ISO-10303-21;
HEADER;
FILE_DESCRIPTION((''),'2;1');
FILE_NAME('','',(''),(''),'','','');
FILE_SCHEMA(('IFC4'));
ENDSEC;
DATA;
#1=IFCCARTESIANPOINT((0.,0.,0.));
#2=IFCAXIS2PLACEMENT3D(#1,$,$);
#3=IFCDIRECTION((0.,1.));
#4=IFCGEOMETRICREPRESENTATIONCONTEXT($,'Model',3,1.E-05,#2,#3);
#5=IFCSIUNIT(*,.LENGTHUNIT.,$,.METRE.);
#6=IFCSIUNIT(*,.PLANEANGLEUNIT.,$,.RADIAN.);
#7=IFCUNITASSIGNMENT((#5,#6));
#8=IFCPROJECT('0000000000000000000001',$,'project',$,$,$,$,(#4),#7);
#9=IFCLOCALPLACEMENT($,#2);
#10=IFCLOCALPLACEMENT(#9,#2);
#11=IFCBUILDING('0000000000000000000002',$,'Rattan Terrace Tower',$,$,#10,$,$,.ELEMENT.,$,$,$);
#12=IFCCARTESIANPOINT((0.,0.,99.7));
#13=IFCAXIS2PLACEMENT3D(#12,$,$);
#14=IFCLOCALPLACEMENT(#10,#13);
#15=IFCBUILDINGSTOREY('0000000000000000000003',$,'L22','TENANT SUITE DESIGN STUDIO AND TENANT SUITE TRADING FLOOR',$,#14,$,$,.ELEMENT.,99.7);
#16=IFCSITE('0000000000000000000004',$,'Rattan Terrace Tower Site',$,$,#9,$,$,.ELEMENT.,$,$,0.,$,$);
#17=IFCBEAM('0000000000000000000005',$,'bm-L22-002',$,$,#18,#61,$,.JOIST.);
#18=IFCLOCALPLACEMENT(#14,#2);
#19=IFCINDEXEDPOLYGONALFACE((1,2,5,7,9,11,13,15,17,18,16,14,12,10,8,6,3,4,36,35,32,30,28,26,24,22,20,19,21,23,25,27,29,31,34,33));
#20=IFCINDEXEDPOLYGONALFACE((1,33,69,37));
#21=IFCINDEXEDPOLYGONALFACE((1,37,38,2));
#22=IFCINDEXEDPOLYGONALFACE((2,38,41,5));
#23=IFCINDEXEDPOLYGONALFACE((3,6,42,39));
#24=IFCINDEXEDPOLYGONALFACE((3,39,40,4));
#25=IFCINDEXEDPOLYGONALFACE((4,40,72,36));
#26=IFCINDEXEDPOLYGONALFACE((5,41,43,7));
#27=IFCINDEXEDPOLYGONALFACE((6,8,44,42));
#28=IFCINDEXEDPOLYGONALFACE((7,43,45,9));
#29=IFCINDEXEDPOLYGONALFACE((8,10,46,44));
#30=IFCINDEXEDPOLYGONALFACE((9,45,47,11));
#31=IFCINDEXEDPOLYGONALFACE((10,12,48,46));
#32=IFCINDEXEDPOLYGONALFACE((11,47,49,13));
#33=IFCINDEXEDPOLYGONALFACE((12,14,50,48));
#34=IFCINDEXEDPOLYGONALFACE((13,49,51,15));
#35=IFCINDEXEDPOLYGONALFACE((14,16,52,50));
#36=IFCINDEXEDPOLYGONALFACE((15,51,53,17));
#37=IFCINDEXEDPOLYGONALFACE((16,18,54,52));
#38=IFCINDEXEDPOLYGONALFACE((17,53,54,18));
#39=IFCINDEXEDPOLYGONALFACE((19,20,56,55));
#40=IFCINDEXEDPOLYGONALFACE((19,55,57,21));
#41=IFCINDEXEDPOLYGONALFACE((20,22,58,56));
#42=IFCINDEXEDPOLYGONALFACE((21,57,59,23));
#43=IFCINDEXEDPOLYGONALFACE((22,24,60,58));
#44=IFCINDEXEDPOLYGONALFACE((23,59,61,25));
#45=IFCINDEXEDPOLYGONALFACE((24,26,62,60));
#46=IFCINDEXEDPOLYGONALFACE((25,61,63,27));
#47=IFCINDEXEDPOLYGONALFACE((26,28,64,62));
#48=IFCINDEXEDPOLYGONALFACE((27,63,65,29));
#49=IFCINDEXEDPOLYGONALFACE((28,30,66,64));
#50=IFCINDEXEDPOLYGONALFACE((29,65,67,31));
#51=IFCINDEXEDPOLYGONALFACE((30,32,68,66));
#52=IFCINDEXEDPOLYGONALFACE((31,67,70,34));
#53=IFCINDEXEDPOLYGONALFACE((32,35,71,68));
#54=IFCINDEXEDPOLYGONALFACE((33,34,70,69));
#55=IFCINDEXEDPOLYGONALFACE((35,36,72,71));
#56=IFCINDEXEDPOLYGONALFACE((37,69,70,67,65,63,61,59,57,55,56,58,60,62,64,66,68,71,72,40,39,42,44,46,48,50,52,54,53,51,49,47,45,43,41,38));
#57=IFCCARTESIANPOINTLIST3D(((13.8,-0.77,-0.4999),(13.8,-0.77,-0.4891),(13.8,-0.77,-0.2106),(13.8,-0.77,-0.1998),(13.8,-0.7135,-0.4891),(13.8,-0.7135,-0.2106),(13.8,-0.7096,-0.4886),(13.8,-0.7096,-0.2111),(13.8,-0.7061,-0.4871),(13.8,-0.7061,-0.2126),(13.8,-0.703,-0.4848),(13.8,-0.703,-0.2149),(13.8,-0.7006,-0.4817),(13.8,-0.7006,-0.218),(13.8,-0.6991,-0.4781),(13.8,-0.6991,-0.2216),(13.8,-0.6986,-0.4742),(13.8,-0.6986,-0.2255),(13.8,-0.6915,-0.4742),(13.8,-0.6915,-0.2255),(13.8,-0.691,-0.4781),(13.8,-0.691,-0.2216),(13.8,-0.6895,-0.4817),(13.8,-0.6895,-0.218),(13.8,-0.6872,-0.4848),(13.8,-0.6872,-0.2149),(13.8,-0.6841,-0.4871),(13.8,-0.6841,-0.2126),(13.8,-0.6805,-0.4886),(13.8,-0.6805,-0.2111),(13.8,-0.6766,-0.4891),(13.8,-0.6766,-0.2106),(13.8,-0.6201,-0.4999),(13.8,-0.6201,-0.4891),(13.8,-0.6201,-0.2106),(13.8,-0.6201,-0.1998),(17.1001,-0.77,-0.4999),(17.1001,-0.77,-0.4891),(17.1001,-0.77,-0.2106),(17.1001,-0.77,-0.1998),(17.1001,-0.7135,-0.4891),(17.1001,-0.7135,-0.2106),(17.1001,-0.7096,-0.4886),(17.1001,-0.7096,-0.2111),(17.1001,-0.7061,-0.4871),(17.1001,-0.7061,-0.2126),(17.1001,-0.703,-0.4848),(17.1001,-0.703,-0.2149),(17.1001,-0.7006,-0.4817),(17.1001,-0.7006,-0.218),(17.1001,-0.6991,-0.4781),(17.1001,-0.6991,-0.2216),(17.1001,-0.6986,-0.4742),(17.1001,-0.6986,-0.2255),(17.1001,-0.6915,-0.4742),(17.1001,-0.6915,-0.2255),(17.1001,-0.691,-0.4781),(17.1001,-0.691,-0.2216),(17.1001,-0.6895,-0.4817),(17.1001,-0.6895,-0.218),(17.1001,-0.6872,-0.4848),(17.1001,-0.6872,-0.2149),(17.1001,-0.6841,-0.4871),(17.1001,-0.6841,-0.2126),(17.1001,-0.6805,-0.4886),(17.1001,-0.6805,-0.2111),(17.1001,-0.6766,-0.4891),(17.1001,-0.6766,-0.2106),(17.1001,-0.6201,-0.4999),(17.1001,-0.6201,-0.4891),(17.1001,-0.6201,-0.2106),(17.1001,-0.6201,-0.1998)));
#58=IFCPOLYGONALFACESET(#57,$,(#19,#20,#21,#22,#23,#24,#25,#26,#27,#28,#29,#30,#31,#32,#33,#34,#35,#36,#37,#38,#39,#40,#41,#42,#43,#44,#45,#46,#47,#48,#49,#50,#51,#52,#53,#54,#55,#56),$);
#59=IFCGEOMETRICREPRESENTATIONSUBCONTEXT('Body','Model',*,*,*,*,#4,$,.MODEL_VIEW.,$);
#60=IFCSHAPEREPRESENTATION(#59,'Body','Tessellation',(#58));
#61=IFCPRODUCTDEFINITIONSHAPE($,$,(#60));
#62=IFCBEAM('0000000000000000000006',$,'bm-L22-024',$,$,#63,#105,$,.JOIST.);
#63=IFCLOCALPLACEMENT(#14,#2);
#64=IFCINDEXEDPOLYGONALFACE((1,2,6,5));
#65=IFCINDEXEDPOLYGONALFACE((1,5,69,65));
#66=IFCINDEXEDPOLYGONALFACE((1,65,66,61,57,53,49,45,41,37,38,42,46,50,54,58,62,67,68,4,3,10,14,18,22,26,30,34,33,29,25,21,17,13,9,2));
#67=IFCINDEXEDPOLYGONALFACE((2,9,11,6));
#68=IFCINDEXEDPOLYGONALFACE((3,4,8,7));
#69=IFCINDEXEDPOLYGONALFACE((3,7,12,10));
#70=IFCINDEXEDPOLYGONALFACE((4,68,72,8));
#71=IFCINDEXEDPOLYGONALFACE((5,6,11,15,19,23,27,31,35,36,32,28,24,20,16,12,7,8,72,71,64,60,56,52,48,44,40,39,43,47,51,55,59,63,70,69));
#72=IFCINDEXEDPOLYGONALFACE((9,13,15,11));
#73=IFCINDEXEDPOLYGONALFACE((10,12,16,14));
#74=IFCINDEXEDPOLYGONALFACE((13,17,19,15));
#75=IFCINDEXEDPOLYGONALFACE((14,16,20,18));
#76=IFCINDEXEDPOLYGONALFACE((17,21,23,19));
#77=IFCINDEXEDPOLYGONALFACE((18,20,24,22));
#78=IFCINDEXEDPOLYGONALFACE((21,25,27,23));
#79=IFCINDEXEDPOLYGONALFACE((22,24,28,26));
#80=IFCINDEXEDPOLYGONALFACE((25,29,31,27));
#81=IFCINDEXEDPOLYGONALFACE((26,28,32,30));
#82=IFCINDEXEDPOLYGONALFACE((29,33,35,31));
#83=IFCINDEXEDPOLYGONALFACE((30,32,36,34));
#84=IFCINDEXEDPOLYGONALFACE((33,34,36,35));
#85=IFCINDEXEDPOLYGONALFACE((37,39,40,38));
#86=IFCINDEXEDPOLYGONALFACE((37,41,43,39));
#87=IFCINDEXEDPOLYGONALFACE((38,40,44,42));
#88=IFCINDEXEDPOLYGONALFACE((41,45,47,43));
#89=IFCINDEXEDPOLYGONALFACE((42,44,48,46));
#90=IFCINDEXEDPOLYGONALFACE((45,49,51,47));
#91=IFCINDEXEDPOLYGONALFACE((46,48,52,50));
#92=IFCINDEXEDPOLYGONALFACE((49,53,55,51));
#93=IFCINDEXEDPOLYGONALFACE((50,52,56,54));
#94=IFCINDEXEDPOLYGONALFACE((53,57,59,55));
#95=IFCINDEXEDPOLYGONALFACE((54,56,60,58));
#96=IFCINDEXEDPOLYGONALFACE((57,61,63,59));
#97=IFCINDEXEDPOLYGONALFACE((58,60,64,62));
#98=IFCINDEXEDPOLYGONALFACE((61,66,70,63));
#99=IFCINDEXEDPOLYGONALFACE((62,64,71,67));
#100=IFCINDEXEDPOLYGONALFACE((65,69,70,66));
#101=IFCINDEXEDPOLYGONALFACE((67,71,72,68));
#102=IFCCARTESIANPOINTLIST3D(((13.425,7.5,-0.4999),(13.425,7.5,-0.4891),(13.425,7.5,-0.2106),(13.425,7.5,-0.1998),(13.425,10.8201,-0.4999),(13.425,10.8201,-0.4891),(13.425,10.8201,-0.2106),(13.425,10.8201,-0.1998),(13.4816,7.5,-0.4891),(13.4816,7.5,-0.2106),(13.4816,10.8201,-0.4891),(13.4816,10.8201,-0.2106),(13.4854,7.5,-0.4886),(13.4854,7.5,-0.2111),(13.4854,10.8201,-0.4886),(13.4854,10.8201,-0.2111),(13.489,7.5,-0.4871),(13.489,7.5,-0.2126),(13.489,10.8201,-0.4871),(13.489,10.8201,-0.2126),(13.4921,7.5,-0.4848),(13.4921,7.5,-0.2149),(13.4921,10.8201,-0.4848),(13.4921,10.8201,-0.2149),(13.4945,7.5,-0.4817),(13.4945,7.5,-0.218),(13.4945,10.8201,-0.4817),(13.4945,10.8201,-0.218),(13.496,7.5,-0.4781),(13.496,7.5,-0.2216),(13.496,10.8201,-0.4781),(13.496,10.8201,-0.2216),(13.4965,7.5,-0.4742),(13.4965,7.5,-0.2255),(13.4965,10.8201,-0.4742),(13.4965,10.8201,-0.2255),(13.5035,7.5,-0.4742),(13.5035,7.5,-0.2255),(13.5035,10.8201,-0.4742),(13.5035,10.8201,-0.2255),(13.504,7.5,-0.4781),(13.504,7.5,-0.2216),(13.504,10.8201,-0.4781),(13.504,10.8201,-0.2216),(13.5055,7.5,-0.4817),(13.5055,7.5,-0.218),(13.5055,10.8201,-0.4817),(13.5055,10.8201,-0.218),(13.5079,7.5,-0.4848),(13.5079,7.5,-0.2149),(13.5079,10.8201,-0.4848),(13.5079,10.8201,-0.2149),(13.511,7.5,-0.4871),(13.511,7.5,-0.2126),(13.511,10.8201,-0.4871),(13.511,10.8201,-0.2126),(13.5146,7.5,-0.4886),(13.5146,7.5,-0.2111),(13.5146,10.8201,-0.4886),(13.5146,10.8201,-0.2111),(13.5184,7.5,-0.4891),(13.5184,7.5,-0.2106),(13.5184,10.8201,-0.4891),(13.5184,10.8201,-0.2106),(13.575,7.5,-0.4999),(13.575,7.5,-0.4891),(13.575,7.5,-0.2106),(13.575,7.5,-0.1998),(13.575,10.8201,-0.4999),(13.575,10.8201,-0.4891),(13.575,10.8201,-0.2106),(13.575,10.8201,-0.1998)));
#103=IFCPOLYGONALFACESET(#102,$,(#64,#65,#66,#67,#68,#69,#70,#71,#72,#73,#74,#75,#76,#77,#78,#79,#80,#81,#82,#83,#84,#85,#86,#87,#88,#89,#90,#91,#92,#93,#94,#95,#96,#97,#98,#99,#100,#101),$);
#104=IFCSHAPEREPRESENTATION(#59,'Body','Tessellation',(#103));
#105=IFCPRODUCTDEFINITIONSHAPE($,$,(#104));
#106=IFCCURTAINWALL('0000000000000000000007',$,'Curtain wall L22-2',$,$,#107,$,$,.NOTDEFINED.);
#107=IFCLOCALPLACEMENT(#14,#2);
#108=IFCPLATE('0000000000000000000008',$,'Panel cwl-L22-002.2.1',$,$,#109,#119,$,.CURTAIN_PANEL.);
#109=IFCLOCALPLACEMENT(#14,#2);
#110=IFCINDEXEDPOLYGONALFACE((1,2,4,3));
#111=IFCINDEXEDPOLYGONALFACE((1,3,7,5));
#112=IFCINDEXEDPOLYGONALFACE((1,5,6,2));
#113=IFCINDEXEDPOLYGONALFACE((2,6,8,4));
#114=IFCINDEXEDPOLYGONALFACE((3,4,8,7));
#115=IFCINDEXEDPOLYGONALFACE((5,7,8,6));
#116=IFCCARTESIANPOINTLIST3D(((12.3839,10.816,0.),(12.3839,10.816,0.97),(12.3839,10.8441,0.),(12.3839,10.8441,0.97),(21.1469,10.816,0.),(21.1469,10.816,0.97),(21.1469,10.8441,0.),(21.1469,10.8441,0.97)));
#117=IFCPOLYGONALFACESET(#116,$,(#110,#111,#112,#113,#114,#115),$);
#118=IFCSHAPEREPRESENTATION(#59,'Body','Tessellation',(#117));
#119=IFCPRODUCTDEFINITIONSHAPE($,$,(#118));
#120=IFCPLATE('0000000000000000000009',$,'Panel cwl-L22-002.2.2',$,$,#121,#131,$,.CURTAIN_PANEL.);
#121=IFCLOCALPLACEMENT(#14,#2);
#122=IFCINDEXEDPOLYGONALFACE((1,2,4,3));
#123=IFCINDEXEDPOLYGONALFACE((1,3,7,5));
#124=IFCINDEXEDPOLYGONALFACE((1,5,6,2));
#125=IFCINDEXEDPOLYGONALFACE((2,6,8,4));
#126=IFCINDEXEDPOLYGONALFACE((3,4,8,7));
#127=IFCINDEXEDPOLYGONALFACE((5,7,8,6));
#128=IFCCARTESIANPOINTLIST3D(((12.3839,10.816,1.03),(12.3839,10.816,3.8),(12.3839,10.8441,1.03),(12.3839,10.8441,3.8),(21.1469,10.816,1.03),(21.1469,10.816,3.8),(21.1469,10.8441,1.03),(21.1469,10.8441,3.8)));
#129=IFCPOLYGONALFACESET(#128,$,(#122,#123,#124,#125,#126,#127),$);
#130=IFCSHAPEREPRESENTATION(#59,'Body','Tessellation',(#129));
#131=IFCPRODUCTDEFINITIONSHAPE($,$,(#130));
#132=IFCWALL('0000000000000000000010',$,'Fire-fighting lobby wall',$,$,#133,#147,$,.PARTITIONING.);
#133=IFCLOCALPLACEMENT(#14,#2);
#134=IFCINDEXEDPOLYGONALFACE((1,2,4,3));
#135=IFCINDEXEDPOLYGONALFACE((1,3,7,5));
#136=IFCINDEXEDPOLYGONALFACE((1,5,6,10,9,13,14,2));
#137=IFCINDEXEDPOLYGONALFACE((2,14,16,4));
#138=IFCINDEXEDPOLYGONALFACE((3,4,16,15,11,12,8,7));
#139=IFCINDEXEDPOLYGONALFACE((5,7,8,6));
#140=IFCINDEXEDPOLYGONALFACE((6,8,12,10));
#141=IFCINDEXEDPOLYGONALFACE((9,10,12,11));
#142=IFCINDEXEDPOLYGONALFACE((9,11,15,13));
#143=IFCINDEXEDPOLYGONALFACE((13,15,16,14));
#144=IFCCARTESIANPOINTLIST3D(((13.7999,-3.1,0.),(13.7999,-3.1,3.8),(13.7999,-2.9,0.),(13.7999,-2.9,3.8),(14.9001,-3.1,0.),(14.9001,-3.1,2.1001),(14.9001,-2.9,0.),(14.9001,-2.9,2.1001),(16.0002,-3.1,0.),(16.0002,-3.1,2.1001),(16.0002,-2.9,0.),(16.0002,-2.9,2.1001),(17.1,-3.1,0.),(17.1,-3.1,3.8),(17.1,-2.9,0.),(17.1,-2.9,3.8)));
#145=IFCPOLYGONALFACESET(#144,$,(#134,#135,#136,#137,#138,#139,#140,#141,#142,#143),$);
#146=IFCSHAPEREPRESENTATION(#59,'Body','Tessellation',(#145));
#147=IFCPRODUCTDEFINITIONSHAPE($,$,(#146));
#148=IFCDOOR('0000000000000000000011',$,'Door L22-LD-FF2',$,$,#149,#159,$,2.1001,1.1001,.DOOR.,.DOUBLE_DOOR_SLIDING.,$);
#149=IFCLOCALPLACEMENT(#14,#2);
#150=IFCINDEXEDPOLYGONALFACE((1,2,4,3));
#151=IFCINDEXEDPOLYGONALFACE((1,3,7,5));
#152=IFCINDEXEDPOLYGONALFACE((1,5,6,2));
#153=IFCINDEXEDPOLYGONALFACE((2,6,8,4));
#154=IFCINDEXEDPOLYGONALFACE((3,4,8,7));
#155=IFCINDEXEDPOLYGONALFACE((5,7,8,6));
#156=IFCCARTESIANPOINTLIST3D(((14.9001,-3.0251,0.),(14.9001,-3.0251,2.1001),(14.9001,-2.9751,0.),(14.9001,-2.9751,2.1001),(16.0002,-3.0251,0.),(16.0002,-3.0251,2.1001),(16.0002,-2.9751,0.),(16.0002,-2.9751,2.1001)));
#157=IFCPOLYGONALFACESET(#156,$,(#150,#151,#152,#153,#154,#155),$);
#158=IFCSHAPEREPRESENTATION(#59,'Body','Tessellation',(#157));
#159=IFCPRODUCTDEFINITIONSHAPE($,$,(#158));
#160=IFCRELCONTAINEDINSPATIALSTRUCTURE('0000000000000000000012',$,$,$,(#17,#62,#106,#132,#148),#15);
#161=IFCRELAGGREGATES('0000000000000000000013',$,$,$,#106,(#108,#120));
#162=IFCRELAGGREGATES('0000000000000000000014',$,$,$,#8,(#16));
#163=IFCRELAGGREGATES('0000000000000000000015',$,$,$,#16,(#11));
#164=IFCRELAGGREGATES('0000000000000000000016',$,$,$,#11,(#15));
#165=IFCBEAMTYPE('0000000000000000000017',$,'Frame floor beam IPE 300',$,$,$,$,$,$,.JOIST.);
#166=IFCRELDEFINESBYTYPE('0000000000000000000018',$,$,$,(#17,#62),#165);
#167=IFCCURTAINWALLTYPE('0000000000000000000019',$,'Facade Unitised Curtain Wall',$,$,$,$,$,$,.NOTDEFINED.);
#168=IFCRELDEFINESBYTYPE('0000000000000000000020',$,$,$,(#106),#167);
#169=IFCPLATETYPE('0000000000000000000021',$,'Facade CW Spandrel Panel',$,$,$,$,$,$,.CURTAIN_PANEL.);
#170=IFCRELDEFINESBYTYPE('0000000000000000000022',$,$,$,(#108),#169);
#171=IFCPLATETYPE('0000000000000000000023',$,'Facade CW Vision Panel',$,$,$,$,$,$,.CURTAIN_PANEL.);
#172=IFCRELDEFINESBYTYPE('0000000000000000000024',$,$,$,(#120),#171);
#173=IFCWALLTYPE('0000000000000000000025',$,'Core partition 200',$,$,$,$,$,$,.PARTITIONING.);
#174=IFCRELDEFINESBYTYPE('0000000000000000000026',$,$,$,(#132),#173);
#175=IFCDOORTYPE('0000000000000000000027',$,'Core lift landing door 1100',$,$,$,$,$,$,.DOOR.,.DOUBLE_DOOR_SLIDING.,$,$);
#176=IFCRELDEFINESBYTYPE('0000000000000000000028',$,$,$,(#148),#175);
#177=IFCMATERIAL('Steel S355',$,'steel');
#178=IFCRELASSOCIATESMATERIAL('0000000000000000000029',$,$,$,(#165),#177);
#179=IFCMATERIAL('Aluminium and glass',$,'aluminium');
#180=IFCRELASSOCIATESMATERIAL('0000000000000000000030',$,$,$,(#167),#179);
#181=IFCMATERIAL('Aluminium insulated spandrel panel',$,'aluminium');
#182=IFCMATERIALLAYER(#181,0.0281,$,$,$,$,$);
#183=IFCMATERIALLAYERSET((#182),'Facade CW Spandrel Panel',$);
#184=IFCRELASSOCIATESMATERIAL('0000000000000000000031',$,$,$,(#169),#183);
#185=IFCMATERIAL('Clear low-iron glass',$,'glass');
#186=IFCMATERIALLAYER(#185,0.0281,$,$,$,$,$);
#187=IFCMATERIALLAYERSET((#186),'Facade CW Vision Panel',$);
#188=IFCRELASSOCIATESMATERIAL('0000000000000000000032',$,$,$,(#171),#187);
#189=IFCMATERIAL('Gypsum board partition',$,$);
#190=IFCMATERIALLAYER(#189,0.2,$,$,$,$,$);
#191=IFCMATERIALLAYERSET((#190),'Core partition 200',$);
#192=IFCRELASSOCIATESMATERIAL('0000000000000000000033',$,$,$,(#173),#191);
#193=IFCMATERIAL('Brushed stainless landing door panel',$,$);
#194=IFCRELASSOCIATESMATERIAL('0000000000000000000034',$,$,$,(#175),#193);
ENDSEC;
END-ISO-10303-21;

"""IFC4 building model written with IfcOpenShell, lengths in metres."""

from ifc_helpers import new_model, si_unit, direction, frame, frame_2d, origin, origin_2d, place, context, subcontext, project, spatial, rectangle, i_section, extrude, material, layer, layer_set, material_profile, profile_set, type_object, element, fill, aggregate, save


model = new_model("IFC4")

# Units and contexts
model_context = context("Model", 3, precision=1e-05, world=origin(), true_north=direction((0.0, 1.0)))
body_context = subcontext(model_context, "Body", "Model", "MODEL_VIEW")
ifc_project = project(units=[si_unit("LENGTHUNIT", "METRE"), si_unit("PLANEANGLEUNIT", "RADIAN")], contexts=[model_context])

# Site, building, storey
site_placement = place(None, origin())
site = spatial("IfcSite", under=ifc_project, at=site_placement, Name="Rattan Terrace Tower Site", CompositionType="ELEMENT", RefElevation=0.0)
building_placement = place(site_placement, origin())
building = spatial("IfcBuilding", under=site, at=building_placement, Name="Rattan Terrace Tower", CompositionType="ELEMENT")
storey_placement = place(building_placement, frame((0.0, 0.0, 99.7)))
storey = spatial("IfcBuildingStorey", under=building, at=storey_placement, Name="L22", Description="TENANT SUITE DESIGN STUDIO AND TENANT SUITE TRADING FLOOR", CompositionType="ELEMENT", Elevation=99.7)

# Beams
ifc_material_1 = material(Name="Steel S355", Category="steel")
ifc_material_profile_1 = material_profile(ifc_material_1, i_section(OverallWidth=0.1499, OverallDepth=0.3, WebThickness=0.0071, FlangeThickness=0.0107, FilletRadius=0.0149, at=origin_2d()), Name="IPE 300")
ifc_profile_set_1 = profile_set([ifc_material_profile_1], Name="Steel S355")
beam_type_1 = type_object("IfcBeamType", Name="Frame floor beam IPE 300", PredefinedType="JOIST", material=ifc_profile_set_1)
beam_1_placement = place(storey_placement, frame((13.8, -0.6951, -0.3499), z_axis=(1.0, 0.0, 0.0), x_axis=(0.0, 1.0, 0.0)))
element("IfcBeam", 1, at=beam_1_placement, inside=storey, type_object=beam_type_1, Name="bm-L22-002", PredefinedType="JOIST", context=body_context, shape_type="SweptSolid", body=[
    extrude(i_section(OverallWidth=0.1499, OverallDepth=0.3, WebThickness=0.0071, FlangeThickness=0.0107, FilletRadius=0.0149, at=origin_2d()), origin(), (0.0, 0.0, 1.0), 3.3),
])
beam_2_placement = place(storey_placement, frame((13.5, 7.5, -0.3499), z_axis=(0.0, 1.0, 0.0), x_axis=(-1.0, 0.0, 0.0)))
element("IfcBeam", 2, at=beam_2_placement, inside=storey, type_object=beam_type_1, Name="bm-L22-024", PredefinedType="JOIST", context=body_context, shape_type="SweptSolid", body=[
    extrude(i_section(OverallWidth=0.1499, OverallDepth=0.3, WebThickness=0.0071, FlangeThickness=0.0107, FilletRadius=0.0149, at=origin_2d()), origin(), (0.0, 0.0, 1.0), 3.3201),
])

# Curtain wall, plates
ifc_material_2 = material(Name="Aluminium and glass", Category="aluminium")
curtain_wall_type = type_object("IfcCurtainWallType", Name="Facade Unitised Curtain Wall", PredefinedType="NOTDEFINED", material=ifc_material_2)
curtain_wall_placement = place(storey_placement, origin())
curtain_wall = element("IfcCurtainWall", 3, at=curtain_wall_placement, inside=storey, type_object=curtain_wall_type, Name="Curtain wall L22-2", PredefinedType="NOTDEFINED")
ifc_material_3 = material(Name="Aluminium insulated spandrel panel", Category="aluminium")
ifc_layer_1 = layer(ifc_material_3, 0.0281)
ifc_layer_set_1 = layer_set([ifc_layer_1], Name="Facade CW Spandrel Panel")
plate_type_1 = type_object("IfcPlateType", Name="Facade CW Spandrel Panel", PredefinedType="CURTAIN_PANEL", material=ifc_layer_set_1)
plate_1_placement = place(storey_placement, frame((16.7654, 10.8301, 0.0), z_axis=(0.0, 0.0, 1.0), x_axis=(-1.0, 0.0, 0.0)))
plate_1 = element("IfcPlate", 4, at=plate_1_placement, type_object=plate_type_1, Name="Panel cwl-L22-002.2.1", PredefinedType="CURTAIN_PANEL", context=body_context, shape_type="SweptSolid", body=[
    extrude(rectangle(XDim=8.7629, YDim=0.0281, at=origin_2d()), origin(), (0.0, 0.0, 1.0), 0.97),
])
ifc_material_4 = material(Name="Clear low-iron glass", Category="glass")
ifc_layer_2 = layer(ifc_material_4, 0.0281)
ifc_layer_set_2 = layer_set([ifc_layer_2], Name="Facade CW Vision Panel")
plate_type_2 = type_object("IfcPlateType", Name="Facade CW Vision Panel", PredefinedType="CURTAIN_PANEL", material=ifc_layer_set_2)
plate_2_placement = place(storey_placement, frame((16.7654, 10.8301, 1.03), z_axis=(0.0, 0.0, 1.0), x_axis=(-1.0, 0.0, 0.0)))
plate_2 = element("IfcPlate", 5, at=plate_2_placement, type_object=plate_type_2, Name="Panel cwl-L22-002.2.2", PredefinedType="CURTAIN_PANEL", context=body_context, shape_type="SweptSolid", body=[
    extrude(rectangle(XDim=8.7629, YDim=0.0281, at=origin_2d()), origin(), (0.0, 0.0, 1.0), 2.77),
])
aggregate(curtain_wall, [plate_1, plate_2])

# Wall, opening, door
ifc_material_5 = material(Name="Gypsum board partition")
ifc_layer_3 = layer(ifc_material_5, 0.2)
ifc_layer_set_3 = layer_set([ifc_layer_3], Name="Core partition 200")
wall_type_1 = type_object("IfcWallType", Name="Core partition 200", PredefinedType="PARTITIONING", material=ifc_layer_set_3)
wall_1_placement = place(storey_placement, frame((13.8, -3.0, 0.0), z_axis=(0.0, 0.0, 1.0), x_axis=(1.0, 0.0, 0.0)))
wall_1 = element("IfcWall", 6, at=wall_1_placement, inside=storey, type_object=wall_type_1, Name="Fire-fighting lobby wall", PredefinedType="PARTITIONING", context=body_context, shape_type="SweptSolid", body=[
    extrude(rectangle(XDim=3.3, YDim=0.2, at=frame_2d((1.6499, 0.0))), origin(), (0.0, 0.0, 1.0), 3.8),
])
opening_1_placement = place(wall_1_placement, frame((1.1001, 0.0, 0.0)))
opening_1 = element("IfcOpeningElement", 7, at=opening_1_placement, cuts=wall_1, PredefinedType="OPENING", context=body_context, shape_type="SweptSolid", body=[
    extrude(rectangle(XDim=1.1001, YDim=2.1001, at=frame_2d((0.55, 1.05))), frame((0.0, 0.1106, 0.0), z_axis=(0.0, -1.0, 0.0), x_axis=(1.0, 0.0, 0.0)), (0.0, 0.0, 1.0), 0.2209),
])
ifc_material_6 = material(Name="Brushed stainless landing door panel")
door_type_1 = type_object("IfcDoorType", Name="Core lift landing door 1100", OperationType="DOUBLE_DOOR_SLIDING", PredefinedType="DOOR", material=ifc_material_6)
door_1_placement = place(opening_1_placement, origin())
door_1 = element("IfcDoor", 8, at=door_1_placement, inside=storey, type_object=door_type_1, Name="Door L22-LD-FF2", OperationType="DOUBLE_DOOR_SLIDING", OverallHeight=2.1001, OverallWidth=1.1001, PredefinedType="DOOR", context=body_context, shape_type="SweptSolid", body=[
    extrude(rectangle(XDim=1.1001, YDim=2.1001, at=frame_2d((0.55, 1.05))), frame((0.0, 0.0249, 0.0), z_axis=(0.0, -1.0, 0.0), x_axis=(1.0, 0.0, 0.0)), (0.0, 0.0, 1.0), 0.05),
])
fill(opening_1, door_1)

save(model, "model.ifc")
